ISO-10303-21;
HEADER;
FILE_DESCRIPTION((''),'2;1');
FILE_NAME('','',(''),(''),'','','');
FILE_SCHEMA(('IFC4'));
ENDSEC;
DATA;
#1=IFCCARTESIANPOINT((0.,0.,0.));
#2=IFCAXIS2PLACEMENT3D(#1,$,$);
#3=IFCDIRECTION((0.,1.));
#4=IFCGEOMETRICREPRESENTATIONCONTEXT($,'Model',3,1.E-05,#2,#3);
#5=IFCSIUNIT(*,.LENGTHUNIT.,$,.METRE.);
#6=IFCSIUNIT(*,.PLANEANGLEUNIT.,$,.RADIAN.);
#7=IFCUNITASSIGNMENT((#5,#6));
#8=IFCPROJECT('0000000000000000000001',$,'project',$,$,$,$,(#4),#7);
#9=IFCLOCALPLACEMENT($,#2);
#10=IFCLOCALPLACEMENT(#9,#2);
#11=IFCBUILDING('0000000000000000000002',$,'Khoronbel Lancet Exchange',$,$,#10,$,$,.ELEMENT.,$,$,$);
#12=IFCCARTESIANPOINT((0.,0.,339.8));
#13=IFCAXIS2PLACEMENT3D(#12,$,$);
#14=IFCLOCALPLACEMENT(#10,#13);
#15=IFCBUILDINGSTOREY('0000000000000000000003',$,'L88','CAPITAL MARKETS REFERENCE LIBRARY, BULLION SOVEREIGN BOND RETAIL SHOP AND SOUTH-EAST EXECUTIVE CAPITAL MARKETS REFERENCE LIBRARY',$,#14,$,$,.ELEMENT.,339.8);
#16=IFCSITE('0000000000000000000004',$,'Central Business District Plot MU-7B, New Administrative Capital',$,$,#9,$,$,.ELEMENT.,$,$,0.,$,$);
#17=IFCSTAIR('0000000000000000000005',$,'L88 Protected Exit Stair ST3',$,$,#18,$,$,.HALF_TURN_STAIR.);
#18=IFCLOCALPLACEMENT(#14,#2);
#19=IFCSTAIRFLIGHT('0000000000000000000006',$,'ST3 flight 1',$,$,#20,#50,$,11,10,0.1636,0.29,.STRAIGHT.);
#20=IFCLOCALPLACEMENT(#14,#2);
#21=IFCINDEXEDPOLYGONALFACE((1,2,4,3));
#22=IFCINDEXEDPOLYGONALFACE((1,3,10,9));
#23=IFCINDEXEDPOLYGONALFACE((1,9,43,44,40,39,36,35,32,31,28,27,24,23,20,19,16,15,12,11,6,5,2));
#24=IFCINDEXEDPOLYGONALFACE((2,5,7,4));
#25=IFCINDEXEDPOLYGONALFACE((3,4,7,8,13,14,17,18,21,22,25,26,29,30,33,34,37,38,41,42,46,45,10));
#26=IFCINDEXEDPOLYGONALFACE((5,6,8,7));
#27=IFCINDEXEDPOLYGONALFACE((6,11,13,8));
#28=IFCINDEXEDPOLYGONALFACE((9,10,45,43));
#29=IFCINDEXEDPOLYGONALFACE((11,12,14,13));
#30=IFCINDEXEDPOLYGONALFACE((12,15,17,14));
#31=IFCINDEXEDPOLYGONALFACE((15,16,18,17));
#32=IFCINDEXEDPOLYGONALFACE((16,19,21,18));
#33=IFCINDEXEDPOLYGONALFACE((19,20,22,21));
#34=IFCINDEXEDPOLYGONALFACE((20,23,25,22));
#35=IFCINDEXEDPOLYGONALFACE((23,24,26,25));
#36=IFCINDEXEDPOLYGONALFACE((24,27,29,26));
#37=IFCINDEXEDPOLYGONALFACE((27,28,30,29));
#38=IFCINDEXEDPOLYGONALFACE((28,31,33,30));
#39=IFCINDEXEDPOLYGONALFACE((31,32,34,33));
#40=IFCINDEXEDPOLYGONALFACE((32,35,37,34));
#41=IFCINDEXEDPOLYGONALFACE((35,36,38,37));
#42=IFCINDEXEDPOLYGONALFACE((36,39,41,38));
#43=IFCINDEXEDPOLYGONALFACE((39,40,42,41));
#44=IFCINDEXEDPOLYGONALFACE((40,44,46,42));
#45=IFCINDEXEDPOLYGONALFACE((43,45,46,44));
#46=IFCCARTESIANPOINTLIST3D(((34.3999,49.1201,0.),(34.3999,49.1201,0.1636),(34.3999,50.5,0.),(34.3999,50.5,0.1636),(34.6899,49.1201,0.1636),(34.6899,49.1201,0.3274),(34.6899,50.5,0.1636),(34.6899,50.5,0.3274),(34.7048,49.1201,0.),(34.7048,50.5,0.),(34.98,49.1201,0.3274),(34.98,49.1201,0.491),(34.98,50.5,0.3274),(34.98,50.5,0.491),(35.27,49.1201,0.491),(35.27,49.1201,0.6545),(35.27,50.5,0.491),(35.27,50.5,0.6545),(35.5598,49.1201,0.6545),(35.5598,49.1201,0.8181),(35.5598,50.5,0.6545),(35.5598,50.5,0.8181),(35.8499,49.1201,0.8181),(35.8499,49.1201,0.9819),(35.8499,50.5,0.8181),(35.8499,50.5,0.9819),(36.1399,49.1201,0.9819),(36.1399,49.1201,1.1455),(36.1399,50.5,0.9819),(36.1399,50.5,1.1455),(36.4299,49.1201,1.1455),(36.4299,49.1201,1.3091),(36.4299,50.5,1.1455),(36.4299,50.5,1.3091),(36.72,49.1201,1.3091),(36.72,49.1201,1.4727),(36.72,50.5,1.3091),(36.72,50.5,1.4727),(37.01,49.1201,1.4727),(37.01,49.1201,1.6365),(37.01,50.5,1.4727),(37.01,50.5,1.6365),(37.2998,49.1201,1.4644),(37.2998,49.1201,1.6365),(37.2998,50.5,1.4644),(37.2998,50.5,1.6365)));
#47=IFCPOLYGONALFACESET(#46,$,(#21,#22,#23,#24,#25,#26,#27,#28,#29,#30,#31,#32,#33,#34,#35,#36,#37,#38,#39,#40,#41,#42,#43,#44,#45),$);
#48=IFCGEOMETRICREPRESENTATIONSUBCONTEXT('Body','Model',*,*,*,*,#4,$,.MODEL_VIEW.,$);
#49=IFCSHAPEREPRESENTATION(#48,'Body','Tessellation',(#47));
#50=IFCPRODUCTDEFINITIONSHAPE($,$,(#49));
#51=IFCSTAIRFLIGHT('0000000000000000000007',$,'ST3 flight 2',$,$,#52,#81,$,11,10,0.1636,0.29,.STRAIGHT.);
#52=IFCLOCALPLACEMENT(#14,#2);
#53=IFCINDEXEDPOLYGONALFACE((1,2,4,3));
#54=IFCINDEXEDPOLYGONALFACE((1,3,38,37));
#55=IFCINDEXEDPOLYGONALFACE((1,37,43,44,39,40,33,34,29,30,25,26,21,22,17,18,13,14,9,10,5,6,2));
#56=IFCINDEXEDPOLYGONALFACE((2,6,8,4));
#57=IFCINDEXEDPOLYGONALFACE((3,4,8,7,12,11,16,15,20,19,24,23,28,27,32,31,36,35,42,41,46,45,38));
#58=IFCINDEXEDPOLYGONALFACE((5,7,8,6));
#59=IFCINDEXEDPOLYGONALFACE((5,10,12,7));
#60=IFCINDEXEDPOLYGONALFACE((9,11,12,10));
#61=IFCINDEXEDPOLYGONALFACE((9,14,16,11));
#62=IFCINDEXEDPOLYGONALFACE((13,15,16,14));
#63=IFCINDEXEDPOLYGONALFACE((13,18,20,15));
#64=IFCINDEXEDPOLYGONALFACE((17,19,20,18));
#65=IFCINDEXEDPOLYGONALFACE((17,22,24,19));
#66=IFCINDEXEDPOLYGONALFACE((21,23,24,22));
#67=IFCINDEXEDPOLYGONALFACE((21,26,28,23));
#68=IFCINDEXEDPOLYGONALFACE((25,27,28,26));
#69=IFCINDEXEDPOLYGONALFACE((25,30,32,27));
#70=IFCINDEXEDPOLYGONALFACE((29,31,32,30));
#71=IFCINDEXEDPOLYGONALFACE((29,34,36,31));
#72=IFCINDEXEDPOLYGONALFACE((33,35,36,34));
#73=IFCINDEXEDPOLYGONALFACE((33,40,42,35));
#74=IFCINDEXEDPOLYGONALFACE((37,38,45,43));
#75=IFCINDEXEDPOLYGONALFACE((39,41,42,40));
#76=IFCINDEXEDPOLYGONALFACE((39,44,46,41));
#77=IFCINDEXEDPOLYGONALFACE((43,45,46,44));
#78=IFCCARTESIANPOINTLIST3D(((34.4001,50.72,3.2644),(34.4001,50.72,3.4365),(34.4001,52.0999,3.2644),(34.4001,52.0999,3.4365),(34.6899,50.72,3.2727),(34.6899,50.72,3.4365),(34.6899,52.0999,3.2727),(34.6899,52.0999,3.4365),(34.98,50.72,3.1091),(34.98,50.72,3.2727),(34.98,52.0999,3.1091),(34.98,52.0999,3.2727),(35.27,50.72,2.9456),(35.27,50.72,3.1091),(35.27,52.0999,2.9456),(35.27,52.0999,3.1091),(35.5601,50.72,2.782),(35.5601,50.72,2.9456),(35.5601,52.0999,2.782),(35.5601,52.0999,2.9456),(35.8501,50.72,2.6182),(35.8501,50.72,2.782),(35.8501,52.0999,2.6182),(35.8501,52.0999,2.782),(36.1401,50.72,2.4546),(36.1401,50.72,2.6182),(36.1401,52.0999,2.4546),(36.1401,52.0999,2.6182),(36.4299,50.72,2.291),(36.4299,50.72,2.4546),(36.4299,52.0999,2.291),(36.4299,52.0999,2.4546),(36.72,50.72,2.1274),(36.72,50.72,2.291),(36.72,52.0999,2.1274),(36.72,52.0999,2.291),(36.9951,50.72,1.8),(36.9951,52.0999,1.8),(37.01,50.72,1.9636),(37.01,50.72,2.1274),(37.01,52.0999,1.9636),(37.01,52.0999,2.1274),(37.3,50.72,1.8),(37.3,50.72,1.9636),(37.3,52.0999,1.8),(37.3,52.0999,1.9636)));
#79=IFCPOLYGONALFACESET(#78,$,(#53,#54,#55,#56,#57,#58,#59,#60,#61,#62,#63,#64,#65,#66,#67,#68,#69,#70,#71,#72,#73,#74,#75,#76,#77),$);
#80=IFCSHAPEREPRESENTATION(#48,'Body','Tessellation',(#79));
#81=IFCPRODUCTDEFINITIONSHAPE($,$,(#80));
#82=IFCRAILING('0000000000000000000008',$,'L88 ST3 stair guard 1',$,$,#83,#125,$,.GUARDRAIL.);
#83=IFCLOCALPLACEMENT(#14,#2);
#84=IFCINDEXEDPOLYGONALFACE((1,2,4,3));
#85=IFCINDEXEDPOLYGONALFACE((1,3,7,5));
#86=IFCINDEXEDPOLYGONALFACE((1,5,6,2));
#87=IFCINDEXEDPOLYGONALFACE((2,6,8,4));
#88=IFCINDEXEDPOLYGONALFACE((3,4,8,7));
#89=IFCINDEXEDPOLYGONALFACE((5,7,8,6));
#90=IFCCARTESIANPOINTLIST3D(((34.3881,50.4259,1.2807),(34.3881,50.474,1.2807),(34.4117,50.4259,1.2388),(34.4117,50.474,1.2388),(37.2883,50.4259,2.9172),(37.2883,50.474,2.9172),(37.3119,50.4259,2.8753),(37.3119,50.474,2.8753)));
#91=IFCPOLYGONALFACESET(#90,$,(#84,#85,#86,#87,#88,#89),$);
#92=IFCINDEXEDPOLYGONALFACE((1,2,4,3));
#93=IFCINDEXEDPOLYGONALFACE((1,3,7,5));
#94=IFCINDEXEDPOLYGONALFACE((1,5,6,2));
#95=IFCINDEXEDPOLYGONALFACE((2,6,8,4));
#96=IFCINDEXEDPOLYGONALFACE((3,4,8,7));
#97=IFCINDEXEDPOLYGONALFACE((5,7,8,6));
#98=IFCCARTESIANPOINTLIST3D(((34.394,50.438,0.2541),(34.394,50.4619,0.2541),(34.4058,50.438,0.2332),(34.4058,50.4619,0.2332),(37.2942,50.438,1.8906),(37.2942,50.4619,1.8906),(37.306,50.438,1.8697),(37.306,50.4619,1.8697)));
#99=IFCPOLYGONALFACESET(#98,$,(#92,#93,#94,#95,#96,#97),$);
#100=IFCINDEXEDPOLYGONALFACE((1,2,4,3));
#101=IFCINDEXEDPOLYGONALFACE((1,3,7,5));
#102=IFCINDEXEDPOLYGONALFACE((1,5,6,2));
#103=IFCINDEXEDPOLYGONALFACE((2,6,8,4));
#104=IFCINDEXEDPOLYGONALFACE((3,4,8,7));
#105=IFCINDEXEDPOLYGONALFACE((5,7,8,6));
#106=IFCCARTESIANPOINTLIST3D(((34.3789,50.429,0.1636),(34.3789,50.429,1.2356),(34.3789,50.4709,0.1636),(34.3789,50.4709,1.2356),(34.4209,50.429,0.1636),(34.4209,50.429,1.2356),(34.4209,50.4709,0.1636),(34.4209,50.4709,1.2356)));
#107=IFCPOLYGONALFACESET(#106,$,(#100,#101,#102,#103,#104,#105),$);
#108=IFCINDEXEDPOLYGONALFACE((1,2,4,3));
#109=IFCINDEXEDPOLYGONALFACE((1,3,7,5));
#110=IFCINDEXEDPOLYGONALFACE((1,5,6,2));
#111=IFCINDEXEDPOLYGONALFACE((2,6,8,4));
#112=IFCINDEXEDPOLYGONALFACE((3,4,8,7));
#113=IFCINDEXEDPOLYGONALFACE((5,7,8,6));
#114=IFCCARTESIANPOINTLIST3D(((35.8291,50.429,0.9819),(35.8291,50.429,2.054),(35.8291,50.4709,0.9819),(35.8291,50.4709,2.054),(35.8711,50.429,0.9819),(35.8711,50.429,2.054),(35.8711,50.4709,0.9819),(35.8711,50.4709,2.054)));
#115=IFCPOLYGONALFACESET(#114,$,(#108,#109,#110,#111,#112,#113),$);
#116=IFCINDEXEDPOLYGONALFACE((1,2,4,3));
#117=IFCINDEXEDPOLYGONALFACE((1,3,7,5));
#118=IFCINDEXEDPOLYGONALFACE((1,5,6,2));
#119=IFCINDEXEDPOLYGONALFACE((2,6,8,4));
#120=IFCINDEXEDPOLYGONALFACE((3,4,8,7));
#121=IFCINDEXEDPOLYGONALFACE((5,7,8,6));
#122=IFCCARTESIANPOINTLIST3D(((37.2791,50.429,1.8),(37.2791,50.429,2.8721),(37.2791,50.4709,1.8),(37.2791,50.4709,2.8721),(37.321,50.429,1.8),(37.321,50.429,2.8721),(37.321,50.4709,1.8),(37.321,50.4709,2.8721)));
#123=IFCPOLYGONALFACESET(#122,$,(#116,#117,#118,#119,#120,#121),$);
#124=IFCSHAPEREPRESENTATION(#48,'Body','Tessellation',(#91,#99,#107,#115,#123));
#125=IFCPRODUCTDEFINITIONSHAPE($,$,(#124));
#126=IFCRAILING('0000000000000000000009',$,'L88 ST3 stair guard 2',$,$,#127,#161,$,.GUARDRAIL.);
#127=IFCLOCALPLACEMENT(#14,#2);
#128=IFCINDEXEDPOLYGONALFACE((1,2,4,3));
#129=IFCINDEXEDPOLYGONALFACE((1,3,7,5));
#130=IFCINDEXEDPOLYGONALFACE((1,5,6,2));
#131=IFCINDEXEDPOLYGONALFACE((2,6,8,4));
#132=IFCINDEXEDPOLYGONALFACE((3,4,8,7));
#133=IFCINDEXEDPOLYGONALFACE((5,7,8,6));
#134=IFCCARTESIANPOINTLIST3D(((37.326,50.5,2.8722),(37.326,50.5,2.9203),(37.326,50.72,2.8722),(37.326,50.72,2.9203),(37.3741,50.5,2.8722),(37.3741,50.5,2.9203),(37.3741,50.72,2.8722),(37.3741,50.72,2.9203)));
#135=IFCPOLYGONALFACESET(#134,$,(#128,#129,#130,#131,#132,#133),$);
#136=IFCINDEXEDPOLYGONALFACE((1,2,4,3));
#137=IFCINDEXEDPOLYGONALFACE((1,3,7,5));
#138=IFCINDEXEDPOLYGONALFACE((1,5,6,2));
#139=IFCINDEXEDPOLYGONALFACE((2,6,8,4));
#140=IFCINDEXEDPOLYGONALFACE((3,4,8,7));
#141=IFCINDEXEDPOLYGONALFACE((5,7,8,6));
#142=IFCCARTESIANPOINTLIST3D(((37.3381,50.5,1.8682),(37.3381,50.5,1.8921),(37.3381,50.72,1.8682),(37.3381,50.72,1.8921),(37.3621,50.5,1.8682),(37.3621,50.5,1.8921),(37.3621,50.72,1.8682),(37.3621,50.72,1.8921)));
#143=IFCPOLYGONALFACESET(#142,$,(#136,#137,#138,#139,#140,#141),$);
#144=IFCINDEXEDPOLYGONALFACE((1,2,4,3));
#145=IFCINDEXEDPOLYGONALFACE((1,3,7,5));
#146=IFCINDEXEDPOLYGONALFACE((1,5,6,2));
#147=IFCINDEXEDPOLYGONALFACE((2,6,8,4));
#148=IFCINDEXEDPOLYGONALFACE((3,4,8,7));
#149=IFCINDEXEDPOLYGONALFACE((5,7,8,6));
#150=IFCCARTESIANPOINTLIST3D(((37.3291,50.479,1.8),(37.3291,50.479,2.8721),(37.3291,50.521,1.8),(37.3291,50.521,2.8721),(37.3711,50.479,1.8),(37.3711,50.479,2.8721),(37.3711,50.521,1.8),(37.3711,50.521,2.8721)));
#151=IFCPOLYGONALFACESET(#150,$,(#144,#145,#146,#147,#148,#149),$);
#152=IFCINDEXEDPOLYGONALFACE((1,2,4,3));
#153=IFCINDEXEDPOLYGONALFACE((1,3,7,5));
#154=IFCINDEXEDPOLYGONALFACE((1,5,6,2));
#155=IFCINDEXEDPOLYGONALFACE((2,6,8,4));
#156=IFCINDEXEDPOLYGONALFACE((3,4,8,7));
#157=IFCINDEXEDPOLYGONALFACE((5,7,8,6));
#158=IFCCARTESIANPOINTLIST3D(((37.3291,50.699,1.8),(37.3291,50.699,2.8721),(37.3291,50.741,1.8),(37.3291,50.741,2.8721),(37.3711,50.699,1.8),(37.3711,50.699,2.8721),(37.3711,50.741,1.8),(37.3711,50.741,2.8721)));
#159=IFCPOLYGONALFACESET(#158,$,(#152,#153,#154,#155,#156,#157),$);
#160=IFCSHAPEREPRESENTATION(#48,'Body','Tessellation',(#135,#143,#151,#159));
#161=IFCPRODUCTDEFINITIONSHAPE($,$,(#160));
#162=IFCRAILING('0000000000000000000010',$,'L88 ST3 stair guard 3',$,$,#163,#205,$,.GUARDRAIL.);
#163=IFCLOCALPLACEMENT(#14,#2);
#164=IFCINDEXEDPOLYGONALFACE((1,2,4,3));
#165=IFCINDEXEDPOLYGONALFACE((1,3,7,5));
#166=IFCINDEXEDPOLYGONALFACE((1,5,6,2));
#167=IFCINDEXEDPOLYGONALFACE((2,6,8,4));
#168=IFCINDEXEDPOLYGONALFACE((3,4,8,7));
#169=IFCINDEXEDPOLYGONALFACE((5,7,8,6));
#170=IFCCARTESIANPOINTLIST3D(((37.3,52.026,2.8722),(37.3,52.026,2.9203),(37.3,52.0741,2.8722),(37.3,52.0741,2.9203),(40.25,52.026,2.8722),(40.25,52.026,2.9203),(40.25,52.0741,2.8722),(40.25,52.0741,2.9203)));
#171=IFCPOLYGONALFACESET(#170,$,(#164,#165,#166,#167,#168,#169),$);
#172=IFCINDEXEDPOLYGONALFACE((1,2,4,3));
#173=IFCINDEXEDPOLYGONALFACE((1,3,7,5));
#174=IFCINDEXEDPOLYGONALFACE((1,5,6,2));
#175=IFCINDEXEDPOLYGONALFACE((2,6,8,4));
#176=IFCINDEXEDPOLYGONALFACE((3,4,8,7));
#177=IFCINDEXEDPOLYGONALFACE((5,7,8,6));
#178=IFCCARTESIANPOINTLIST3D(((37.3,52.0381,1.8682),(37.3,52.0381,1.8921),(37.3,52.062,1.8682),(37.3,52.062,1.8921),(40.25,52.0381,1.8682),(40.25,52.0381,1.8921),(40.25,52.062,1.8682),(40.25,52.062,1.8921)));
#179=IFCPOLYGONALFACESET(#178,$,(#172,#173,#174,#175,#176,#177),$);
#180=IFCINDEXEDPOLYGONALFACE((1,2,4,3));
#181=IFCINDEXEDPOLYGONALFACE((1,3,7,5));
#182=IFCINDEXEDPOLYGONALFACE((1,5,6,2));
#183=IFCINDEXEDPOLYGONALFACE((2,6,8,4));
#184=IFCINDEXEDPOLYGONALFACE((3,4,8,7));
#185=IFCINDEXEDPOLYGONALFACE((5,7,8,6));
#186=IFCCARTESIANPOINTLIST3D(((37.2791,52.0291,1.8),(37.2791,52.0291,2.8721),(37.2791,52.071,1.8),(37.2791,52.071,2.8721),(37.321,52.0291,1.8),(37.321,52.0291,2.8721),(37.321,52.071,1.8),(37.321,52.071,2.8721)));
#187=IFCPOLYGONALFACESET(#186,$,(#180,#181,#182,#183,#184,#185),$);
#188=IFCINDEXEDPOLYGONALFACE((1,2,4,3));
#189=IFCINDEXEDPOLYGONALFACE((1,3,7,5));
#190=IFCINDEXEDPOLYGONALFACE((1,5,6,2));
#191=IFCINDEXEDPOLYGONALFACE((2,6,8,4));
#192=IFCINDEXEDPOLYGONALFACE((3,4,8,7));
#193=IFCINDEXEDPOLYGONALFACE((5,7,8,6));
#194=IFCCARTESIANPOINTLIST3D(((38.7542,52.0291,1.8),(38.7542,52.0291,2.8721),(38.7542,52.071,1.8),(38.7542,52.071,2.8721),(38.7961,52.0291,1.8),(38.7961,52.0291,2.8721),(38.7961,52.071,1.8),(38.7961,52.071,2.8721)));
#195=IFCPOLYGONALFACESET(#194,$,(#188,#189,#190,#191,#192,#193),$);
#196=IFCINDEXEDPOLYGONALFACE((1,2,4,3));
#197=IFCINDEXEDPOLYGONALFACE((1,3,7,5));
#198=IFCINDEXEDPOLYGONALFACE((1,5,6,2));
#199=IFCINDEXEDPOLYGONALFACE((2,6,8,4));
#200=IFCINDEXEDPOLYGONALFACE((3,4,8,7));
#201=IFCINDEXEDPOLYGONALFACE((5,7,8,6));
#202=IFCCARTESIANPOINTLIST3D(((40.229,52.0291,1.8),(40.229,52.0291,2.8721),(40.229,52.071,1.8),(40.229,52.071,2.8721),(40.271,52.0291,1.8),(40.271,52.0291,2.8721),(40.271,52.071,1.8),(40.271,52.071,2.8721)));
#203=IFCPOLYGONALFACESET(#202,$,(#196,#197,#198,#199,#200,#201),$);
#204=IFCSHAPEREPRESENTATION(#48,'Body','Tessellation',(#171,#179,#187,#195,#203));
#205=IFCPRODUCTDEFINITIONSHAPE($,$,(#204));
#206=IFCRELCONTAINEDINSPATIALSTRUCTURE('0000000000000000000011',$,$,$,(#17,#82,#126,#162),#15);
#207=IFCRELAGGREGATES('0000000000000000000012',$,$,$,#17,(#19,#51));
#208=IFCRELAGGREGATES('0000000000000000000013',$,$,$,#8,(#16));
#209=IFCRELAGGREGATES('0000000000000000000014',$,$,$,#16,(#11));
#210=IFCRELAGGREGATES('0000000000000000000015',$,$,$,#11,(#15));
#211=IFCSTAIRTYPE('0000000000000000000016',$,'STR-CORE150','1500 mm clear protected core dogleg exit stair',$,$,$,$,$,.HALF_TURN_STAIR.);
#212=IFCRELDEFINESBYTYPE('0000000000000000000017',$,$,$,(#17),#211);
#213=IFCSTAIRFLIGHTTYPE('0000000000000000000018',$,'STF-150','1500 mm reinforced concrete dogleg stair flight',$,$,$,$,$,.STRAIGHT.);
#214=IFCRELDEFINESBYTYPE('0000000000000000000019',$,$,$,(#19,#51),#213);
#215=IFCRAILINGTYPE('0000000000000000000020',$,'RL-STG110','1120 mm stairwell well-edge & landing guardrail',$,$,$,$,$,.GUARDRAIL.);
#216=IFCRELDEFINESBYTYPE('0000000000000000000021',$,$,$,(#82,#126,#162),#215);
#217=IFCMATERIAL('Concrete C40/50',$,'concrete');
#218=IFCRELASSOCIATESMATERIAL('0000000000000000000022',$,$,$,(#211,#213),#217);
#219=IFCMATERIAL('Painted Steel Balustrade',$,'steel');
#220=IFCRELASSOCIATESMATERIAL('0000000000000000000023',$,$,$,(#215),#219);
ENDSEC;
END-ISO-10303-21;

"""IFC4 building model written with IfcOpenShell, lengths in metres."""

from ifc_helpers import new_model, si_unit, direction, frame, origin, origin_2d, place, context, subcontext, project, spatial, polyline, rectangle, outline, extrude, material, type_object, element, aggregate, save


model = new_model("IFC4")

# Units and contexts
model_context = context("Model", 3, precision=1e-05, world=origin(), true_north=direction((0.0, 1.0)))
body_context = subcontext(model_context, "Body", "Model", "MODEL_VIEW")
ifc_project = project(units=[si_unit("LENGTHUNIT", "METRE"), si_unit("PLANEANGLEUNIT", "RADIAN")], contexts=[model_context])

# Site, building, storey
site_placement = place(None, origin())
site = spatial("IfcSite", under=ifc_project, at=site_placement, Name="Central Business District Plot MU-7B, New Administrative Capital", CompositionType="ELEMENT", RefElevation=0.0)
building_placement = place(site_placement, origin())
building = spatial("IfcBuilding", under=site, at=building_placement, Name="Khoronbel Lancet Exchange", CompositionType="ELEMENT")
storey_placement = place(building_placement, frame((0.0, 0.0, 339.8)))
storey = spatial("IfcBuildingStorey", under=building, at=storey_placement, Name="L88", Description="CAPITAL MARKETS REFERENCE LIBRARY, BULLION SOVEREIGN BOND RETAIL SHOP AND SOUTH-EAST EXECUTIVE CAPITAL MARKETS REFERENCE LIBRARY", CompositionType="ELEMENT", Elevation=339.8)

# Stair, stair flights
ifc_material_1 = material(Name="Concrete C40/50", Category="concrete")
stair_type = type_object("IfcStairType", Name="STR-CORE150", Description="1500 mm clear protected core dogleg exit stair", PredefinedType="HALF_TURN_STAIR", material=ifc_material_1)
stair_placement = place(storey_placement, origin())
stair = element("IfcStair", 1, at=stair_placement, inside=storey, type_object=stair_type, Name="L88 Protected Exit Stair ST3", PredefinedType="HALF_TURN_STAIR")
stair_flight_type = type_object("IfcStairFlightType", Name="STF-150", Description="1500 mm reinforced concrete dogleg stair flight", PredefinedType="STRAIGHT", material=ifc_material_1)
stair_flight_1_placement = place(storey_placement, frame((34.3999, 49.8101, 0.0), z_axis=(0.0, 0.0, 1.0), x_axis=(1.0, 0.0, 0.0)))
stair_flight_1 = element("IfcStairFlight", 2, at=stair_flight_1_placement, type_object=stair_flight_type, Name="ST3 flight 1", NumberOfRisers=11, NumberOfTreads=10, PredefinedType="STRAIGHT", RiserHeight=0.1636, TreadLength=0.29, context=body_context, shape_type="SweptSolid", body=[
    extrude(outline(polyline([(0.0, 0.0), (0.0, 0.1636), (0.29, 0.1636), (0.29, 0.3274), (0.5801, 0.3274), (0.5801, 0.491), (0.8701, 0.491), (0.8701, 0.6545), (1.1599, 0.6545), (1.1599, 0.8181), (1.45, 0.8181), (1.45, 0.9819), (1.74, 0.9819), (1.74, 1.1455), (2.03, 1.1455), (2.03, 1.3091), (2.3201, 1.3091), (2.3201, 1.4727), (2.6101, 1.4727), (2.6101, 1.6365), (2.8999, 1.6365), (2.8999, 1.8), (2.8999, 1.4644), (0.3049, 0.0), (0.0, 0.0)])), frame((0.0, 0.6899, 0.0), z_axis=(0.0, -1.0, 0.0), x_axis=(1.0, 0.0, 0.0)), (0.0, 0.0, 1.0), 1.3799),
])
stair_flight_2_placement = place(storey_placement, frame((37.3, 51.4099, 1.8), z_axis=(0.0, 0.0, 1.0), x_axis=(-1.0, 0.0, 0.0)))
stair_flight_2 = element("IfcStairFlight", 3, at=stair_flight_2_placement, type_object=stair_flight_type, Name="ST3 flight 2", NumberOfRisers=11, NumberOfTreads=10, PredefinedType="STRAIGHT", RiserHeight=0.1636, TreadLength=0.29, context=body_context, shape_type="SweptSolid", body=[
    extrude(outline(polyline([(0.0, 0.0), (0.0, 0.1636), (0.29, 0.1636), (0.29, 0.3274), (0.5801, 0.3274), (0.5801, 0.491), (0.8701, 0.491), (0.8701, 0.6545), (1.1599, 0.6545), (1.1599, 0.8181), (1.45, 0.8181), (1.45, 0.9819), (1.74, 0.9819), (1.74, 1.1455), (2.03, 1.1455), (2.03, 1.3091), (2.3201, 1.3091), (2.3201, 1.4727), (2.6101, 1.4727), (2.6101, 1.6365), (2.8999, 1.6365), (2.8999, 1.8), (2.8999, 1.4644), (0.3049, 0.0), (0.0, 0.0)])), frame((0.0, 0.6899, 0.0), z_axis=(0.0, -1.0, 0.0), x_axis=(1.0, 0.0, 0.0)), (0.0, 0.0, 1.0), 1.3799),
])
aggregate(stair, [stair_flight_1, stair_flight_2])

# Railings
ifc_material_2 = material(Name="Painted Steel Balustrade", Category="steel")
railing_type_1 = type_object("IfcRailingType", Name="RL-STG110", Description="1120 mm stairwell well-edge & landing guardrail", PredefinedType="GUARDRAIL", material=ifc_material_2)
railing_1_placement = place(storey_placement, frame((34.3999, 50.45, 0.1636)))
element("IfcRailing", 4, at=railing_1_placement, inside=storey, type_object=railing_type_1, Name="L88 ST3 stair guard 1", PredefinedType="GUARDRAIL", context=body_context, shape_type="SweptSolid", body=[
    extrude(rectangle(XDim=0.0481, YDim=0.0481, at=origin_2d()), frame((0.0, 0.0, 1.0962), z_axis=(0.870915, 0.0, 0.491434), x_axis=(0.0, 1.0, 0.0)), (0.0, 0.0, 1.0), 3.3301),
    extrude(rectangle(XDim=0.0239, YDim=0.0239, at=origin_2d()), frame((0.0, 0.0, 0.0801), z_axis=(0.870915, 0.0, 0.491434), x_axis=(0.0, 1.0, 0.0)), (0.0, 0.0, 1.0), 3.3301),
    extrude(rectangle(XDim=0.042, YDim=0.042, at=origin_2d()), origin(), (0.0, 0.0, 1.0), 1.072),
    extrude(rectangle(XDim=0.042, YDim=0.042, at=origin_2d()), frame((1.4502, 0.0, 0.8184)), (0.0, 0.0, 1.0), 1.072),
    extrude(rectangle(XDim=0.042, YDim=0.042, at=origin_2d()), frame((2.9001, 0.0, 1.6365)), (0.0, 0.0, 1.0), 1.072),
])
railing_2_placement = place(storey_placement, frame((37.3501, 50.5, 1.8)))
element("IfcRailing", 5, at=railing_2_placement, inside=storey, type_object=railing_type_1, Name="L88 ST3 stair guard 2", PredefinedType="GUARDRAIL", context=body_context, shape_type="SweptSolid", body=[
    extrude(rectangle(XDim=0.0481, YDim=0.0481, at=origin_2d()), frame((0.0, 0.0, 1.0962), z_axis=(0.0, 1.0, 0.0), x_axis=(-1.0, 0.0, 0.0)), (0.0, 0.0, 1.0), 0.22),
    extrude(rectangle(XDim=0.0239, YDim=0.0239, at=origin_2d()), frame((0.0, 0.0, 0.0801), z_axis=(0.0, 1.0, 0.0), x_axis=(-1.0, 0.0, 0.0)), (0.0, 0.0, 1.0), 0.22),
    extrude(rectangle(XDim=0.042, YDim=0.042, at=origin_2d()), origin(), (0.0, 0.0, 1.0), 1.072),
    extrude(rectangle(XDim=0.042, YDim=0.042, at=origin_2d()), frame((0.0, 0.22, 0.0)), (0.0, 0.0, 1.0), 1.072),
])
railing_3_placement = place(storey_placement, frame((37.3, 52.05, 1.8)))
element("IfcRailing", 6, at=railing_3_placement, inside=storey, type_object=railing_type_1, Name="L88 ST3 stair guard 3", PredefinedType="GUARDRAIL", context=body_context, shape_type="SweptSolid", body=[
    extrude(rectangle(XDim=0.0481, YDim=0.0481, at=origin_2d()), frame((0.0, 0.0, 1.0962), z_axis=(1.0, 0.0, 0.0), x_axis=(0.0, 1.0, 0.0)), (0.0, 0.0, 1.0), 2.95),
    extrude(rectangle(XDim=0.0239, YDim=0.0239, at=origin_2d()), frame((0.0, 0.0, 0.0801), z_axis=(1.0, 0.0, 0.0), x_axis=(0.0, 1.0, 0.0)), (0.0, 0.0, 1.0), 2.95),
    extrude(rectangle(XDim=0.042, YDim=0.042, at=origin_2d()), origin(), (0.0, 0.0, 1.0), 1.072),
    extrude(rectangle(XDim=0.042, YDim=0.042, at=origin_2d()), frame((1.4751, 0.0, 0.0)), (0.0, 0.0, 1.0), 1.072),
    extrude(rectangle(XDim=0.042, YDim=0.042, at=origin_2d()), frame((2.95, 0.0, 0.0)), (0.0, 0.0, 1.0), 1.072),
])

save(model, "model.ifc")
